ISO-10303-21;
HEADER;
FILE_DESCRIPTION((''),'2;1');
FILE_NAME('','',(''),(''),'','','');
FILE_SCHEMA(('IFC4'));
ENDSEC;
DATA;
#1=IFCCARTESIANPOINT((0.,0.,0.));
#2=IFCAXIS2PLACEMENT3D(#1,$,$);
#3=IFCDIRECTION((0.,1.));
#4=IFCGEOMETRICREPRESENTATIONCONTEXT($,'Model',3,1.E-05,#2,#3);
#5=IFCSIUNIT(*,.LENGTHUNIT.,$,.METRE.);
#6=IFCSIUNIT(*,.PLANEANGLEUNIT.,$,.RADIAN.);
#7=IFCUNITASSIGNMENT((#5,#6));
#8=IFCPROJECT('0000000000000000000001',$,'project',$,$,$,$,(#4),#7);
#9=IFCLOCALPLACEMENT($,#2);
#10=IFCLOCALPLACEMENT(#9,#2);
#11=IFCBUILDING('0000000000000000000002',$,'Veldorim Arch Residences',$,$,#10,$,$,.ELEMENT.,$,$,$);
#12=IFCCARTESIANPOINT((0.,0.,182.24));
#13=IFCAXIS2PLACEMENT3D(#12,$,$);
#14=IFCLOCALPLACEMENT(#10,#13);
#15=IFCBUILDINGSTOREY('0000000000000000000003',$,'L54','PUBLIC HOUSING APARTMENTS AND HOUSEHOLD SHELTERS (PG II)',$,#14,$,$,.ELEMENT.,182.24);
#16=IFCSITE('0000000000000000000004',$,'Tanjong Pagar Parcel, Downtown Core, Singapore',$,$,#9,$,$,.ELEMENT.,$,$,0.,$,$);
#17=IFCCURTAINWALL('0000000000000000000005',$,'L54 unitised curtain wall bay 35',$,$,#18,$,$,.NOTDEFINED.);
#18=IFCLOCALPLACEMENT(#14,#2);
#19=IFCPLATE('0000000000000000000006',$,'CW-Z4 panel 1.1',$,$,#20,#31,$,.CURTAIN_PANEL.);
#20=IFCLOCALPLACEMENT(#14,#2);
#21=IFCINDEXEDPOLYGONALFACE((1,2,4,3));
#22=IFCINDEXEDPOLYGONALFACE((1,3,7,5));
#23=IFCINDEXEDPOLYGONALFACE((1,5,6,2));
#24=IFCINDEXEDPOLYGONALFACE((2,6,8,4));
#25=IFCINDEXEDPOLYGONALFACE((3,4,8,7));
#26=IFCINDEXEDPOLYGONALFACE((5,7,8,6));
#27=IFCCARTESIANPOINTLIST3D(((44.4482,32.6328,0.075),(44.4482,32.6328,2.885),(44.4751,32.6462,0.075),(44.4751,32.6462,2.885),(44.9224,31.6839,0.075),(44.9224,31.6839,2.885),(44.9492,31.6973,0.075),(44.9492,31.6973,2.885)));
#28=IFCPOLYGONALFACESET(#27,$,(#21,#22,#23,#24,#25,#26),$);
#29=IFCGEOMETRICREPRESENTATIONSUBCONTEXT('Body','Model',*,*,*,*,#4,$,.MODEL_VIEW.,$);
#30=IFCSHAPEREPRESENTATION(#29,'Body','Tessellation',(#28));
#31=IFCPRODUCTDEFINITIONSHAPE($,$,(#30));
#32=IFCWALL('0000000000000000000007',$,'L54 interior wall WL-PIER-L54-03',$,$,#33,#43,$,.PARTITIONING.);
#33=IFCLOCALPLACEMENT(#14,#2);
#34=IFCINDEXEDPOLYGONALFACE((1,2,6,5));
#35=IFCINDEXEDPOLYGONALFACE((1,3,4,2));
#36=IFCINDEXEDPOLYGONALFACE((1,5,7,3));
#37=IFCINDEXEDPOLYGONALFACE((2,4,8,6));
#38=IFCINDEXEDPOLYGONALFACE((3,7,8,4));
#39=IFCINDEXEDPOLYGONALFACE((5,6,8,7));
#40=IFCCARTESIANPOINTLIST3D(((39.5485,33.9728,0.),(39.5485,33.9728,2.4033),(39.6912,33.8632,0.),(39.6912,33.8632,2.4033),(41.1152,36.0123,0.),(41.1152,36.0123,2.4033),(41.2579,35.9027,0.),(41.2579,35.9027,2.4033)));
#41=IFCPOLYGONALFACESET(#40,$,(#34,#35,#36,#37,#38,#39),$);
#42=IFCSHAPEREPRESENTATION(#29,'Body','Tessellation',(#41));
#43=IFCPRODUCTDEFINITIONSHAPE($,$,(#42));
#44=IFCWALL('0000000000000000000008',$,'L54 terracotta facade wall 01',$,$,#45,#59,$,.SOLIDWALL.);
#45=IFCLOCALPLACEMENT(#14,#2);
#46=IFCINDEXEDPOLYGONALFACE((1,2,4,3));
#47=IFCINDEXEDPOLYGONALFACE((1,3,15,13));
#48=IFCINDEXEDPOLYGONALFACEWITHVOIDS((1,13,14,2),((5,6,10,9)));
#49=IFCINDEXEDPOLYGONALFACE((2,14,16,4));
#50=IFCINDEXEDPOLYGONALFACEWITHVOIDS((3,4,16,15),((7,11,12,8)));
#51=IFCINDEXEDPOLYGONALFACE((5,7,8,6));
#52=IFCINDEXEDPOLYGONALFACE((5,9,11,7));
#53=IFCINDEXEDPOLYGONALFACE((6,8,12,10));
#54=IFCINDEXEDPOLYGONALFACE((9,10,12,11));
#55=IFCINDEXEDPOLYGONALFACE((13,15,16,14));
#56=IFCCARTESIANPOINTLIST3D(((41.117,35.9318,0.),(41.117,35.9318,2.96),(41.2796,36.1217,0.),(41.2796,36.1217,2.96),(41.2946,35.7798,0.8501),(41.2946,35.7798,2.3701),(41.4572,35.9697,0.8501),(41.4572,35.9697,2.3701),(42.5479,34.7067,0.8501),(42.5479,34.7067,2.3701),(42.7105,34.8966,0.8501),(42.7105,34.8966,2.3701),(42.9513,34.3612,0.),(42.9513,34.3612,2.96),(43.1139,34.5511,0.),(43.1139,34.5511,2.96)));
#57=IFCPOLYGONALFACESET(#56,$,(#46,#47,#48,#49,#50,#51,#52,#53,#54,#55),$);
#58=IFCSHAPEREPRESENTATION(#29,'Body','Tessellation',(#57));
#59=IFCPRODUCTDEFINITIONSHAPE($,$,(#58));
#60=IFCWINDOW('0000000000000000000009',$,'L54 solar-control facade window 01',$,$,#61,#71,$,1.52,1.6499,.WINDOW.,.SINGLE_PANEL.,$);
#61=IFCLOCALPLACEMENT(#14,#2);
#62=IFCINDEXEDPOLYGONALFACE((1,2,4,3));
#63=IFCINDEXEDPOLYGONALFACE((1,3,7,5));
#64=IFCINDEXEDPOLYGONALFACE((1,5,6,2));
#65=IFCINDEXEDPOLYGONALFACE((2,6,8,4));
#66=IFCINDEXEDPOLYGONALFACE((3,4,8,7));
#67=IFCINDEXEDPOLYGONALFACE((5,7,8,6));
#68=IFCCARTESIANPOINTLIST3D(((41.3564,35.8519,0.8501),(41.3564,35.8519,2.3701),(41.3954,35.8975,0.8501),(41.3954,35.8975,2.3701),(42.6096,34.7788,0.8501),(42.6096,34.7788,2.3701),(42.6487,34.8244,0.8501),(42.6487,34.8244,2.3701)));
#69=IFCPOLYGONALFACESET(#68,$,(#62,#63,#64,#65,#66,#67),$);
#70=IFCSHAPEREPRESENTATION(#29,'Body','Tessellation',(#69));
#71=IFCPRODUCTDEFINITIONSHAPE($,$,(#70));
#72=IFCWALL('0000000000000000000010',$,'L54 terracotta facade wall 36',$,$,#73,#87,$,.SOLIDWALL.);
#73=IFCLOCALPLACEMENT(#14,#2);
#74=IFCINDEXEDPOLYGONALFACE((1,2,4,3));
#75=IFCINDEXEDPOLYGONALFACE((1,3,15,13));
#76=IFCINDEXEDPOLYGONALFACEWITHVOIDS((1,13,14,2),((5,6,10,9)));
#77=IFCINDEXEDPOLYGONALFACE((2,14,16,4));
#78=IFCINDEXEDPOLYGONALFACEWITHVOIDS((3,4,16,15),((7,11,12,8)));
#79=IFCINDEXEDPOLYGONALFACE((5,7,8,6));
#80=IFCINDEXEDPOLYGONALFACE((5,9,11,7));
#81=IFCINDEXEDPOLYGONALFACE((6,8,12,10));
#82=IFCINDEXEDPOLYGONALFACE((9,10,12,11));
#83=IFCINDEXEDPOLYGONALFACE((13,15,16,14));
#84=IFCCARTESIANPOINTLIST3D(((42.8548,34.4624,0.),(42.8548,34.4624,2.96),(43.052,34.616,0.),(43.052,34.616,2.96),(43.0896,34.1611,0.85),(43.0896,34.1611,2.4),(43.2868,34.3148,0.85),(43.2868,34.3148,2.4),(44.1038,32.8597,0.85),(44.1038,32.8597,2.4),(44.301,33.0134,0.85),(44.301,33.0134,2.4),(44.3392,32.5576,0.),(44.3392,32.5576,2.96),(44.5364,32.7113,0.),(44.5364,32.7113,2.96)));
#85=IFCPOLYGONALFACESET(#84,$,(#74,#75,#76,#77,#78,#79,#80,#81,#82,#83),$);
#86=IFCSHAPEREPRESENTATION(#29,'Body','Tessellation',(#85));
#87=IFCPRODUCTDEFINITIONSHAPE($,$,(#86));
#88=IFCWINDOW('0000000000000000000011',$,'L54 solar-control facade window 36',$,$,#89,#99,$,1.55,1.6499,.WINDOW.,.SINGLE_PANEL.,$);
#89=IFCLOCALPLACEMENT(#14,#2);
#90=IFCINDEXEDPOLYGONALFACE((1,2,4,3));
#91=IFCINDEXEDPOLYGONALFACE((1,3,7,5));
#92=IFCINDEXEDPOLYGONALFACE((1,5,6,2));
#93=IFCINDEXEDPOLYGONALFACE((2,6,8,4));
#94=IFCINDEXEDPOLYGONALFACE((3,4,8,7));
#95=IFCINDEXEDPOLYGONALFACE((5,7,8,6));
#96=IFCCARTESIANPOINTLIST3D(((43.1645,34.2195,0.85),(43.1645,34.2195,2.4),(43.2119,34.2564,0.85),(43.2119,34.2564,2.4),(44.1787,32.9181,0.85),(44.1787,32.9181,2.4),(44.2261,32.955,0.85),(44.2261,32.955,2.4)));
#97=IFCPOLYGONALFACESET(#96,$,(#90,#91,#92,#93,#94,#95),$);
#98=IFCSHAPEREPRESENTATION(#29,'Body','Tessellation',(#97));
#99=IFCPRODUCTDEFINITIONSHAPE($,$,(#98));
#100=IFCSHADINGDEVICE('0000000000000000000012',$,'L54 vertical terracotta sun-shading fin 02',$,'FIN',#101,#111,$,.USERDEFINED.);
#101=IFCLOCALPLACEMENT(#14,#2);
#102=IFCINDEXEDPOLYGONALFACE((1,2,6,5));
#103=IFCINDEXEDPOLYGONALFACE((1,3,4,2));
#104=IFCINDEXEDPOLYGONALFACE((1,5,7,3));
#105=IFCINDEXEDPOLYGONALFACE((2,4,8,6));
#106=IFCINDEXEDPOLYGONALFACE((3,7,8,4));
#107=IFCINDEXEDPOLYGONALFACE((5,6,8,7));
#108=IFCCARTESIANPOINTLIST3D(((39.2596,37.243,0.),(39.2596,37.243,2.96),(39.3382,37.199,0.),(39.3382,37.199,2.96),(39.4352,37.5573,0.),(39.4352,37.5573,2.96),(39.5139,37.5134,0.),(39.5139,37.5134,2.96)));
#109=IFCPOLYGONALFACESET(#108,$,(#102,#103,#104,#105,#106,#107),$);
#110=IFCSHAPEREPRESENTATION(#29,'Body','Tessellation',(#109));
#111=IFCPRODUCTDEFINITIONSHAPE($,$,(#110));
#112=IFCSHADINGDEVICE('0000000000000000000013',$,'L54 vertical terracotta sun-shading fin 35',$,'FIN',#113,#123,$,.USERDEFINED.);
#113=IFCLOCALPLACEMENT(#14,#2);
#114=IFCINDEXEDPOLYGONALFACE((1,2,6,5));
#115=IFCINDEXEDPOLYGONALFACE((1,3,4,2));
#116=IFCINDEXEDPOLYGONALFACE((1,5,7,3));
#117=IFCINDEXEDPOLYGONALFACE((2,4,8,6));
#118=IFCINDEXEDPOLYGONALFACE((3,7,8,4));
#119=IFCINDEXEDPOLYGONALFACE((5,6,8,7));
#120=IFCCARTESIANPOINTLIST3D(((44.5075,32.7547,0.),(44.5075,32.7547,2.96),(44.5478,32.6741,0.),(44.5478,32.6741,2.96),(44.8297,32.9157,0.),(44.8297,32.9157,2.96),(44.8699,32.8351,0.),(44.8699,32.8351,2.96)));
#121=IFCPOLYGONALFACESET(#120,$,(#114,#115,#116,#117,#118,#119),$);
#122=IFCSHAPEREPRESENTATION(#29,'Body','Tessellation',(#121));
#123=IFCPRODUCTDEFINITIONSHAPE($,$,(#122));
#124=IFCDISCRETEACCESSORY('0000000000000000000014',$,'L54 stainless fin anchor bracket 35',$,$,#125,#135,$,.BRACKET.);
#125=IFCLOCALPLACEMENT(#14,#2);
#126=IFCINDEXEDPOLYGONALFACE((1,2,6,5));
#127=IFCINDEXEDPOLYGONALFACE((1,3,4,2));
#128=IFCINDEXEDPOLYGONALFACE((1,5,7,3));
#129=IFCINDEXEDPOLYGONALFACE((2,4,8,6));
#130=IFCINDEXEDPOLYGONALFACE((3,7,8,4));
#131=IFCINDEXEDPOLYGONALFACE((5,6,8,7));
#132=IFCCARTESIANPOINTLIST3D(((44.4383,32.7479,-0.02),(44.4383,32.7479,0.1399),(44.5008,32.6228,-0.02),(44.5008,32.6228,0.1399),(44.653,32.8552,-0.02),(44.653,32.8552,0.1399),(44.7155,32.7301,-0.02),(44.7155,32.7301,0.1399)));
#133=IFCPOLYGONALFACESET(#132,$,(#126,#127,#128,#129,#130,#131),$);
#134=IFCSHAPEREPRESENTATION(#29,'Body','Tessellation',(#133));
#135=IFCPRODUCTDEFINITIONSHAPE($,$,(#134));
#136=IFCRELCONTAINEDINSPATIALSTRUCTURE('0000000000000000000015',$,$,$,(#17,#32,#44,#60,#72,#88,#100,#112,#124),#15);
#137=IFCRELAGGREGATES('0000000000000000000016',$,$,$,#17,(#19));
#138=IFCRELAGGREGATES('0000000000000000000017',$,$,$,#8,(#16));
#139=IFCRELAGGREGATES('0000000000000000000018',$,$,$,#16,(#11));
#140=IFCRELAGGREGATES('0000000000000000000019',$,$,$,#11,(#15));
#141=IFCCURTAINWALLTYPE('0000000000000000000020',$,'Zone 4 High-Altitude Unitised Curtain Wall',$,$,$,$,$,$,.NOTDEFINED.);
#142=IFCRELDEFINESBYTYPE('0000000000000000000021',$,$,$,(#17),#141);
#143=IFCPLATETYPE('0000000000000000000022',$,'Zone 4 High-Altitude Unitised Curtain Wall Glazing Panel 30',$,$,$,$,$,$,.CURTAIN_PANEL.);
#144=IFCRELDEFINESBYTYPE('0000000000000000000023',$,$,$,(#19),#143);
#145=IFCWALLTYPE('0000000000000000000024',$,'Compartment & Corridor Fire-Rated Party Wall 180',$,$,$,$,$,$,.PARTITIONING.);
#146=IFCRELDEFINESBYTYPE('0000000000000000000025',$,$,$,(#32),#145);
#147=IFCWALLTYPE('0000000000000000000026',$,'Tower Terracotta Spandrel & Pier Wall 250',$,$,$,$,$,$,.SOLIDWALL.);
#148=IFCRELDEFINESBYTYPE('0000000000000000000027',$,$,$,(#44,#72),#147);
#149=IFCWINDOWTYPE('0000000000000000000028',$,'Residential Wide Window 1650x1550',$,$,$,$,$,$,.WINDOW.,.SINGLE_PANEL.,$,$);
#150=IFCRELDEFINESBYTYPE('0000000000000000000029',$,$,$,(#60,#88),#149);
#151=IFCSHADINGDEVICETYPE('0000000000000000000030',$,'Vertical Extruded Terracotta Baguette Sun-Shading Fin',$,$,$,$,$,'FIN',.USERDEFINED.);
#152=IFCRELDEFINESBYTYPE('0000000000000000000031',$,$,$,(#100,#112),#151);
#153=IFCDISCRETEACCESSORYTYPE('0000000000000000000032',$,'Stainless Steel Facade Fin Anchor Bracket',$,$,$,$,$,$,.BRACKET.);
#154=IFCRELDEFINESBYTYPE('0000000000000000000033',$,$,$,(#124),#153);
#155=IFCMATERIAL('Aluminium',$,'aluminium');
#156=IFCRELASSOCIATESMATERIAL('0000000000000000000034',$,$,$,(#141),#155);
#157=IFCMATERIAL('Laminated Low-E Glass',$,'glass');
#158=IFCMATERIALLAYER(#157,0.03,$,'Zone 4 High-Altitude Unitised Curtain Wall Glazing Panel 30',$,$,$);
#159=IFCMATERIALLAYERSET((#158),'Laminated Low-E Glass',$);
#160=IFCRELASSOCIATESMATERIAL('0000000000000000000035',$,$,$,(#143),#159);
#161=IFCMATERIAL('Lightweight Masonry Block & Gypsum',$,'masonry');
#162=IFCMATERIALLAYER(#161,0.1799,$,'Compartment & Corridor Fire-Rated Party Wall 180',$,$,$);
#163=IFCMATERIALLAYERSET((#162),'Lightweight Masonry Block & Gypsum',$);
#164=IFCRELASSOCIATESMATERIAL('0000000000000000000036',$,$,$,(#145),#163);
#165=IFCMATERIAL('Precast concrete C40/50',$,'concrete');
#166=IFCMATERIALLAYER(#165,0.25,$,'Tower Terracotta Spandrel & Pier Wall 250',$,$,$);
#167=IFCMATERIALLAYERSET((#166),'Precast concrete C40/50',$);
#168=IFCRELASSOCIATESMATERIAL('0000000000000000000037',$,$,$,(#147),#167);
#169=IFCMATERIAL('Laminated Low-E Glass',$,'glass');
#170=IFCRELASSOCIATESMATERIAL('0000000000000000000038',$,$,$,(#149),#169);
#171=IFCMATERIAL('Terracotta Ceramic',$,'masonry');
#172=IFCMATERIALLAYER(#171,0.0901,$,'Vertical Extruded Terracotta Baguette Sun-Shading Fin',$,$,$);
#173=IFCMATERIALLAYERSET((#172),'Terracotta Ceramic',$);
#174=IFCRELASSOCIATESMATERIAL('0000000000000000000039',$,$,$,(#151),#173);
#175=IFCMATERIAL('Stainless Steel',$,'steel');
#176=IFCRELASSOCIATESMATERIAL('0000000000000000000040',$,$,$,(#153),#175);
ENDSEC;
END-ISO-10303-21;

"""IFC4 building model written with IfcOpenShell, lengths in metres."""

from ifc_helpers import new_model, si_unit, direction, frame, frame_2d, origin, origin_2d, place, context, subcontext, project, spatial, rectangle, extrude, material, layer, layer_set, type_object, element, fill, aggregate, save


model = new_model("IFC4")

# Units and contexts
model_context = context("Model", 3, precision=1e-05, world=origin(), true_north=direction((0.0, 1.0)))
body_context = subcontext(model_context, "Body", "Model", "MODEL_VIEW")
ifc_project = project(units=[si_unit("LENGTHUNIT", "METRE"), si_unit("PLANEANGLEUNIT", "RADIAN")], contexts=[model_context])

# Site, building, storey
site_placement = place(None, origin())
site = spatial("IfcSite", under=ifc_project, at=site_placement, Name="Tanjong Pagar Parcel, Downtown Core, Singapore", CompositionType="ELEMENT", RefElevation=0.0)
building_placement = place(site_placement, origin())
building = spatial("IfcBuilding", under=site, at=building_placement, Name="Veldorim Arch Residences", CompositionType="ELEMENT")
storey_placement = place(building_placement, frame((0.0, 0.0, 182.24)))
storey = spatial("IfcBuildingStorey", under=building, at=storey_placement, Name="L54", Description="PUBLIC HOUSING APARTMENTS AND HOUSEHOLD SHELTERS (PG II)", CompositionType="ELEMENT", Elevation=182.24)

# Shared definitions
ifc_material_1 = material(Name="Aluminium", Category="aluminium")
curtain_wall_type = type_object("IfcCurtainWallType", Name="Zone 4 High-Altitude Unitised Curtain Wall", PredefinedType="NOTDEFINED", material=ifc_material_1)

# Curtain wall
curtain_wall_1_placement = place(storey_placement, origin())
curtain_wall_1 = element("IfcCurtainWall", 1, at=curtain_wall_1_placement, inside=storey, type_object=curtain_wall_type, Name="L54 unitised curtain wall bay 35", PredefinedType="NOTDEFINED")

# Plate
ifc_material_2 = material(Name="Laminated Low-E Glass", Category="glass")
ifc_layer_1 = layer(ifc_material_2, 0.03, Name="Zone 4 High-Altitude Unitised Curtain Wall Glazing Panel 30")
ifc_layer_set_1 = layer_set([ifc_layer_1], Name="Laminated Low-E Glass")
plate_type = type_object("IfcPlateType", Name="Zone 4 High-Altitude Unitised Curtain Wall Glazing Panel 30", PredefinedType="CURTAIN_PANEL", material=ifc_layer_set_1)
plate_1_placement = place(storey_placement, frame((44.6987, 32.165, 0.075), z_axis=(0.0, 0.0, 1.0), x_axis=(0.446992, -0.894538, 0.0)))
plate_1 = element("IfcPlate", 2, at=plate_1_placement, type_object=plate_type, Name="CW-Z4 panel 1.1", PredefinedType="CURTAIN_PANEL", context=body_context, shape_type="SweptSolid", body=[
    extrude(rectangle(XDim=1.0608, YDim=0.03, at=origin_2d()), origin(), (0.0, 0.0, 1.0), 2.8101),
])
aggregate(curtain_wall_1, [plate_1])

# Wall
ifc_material_3 = material(Name="Lightweight Masonry Block & Gypsum", Category="masonry")
ifc_layer_2 = layer(ifc_material_3, 0.1799, Name="Compartment & Corridor Fire-Rated Party Wall 180")
ifc_layer_set_2 = layer_set([ifc_layer_2], Name="Lightweight Masonry Block & Gypsum")
wall_type_1 = type_object("IfcWallType", Name="Compartment & Corridor Fire-Rated Party Wall 180", PredefinedType="PARTITIONING", material=ifc_layer_set_2)
wall_1_placement = place(storey_placement, frame((39.6199, 33.918, 0.0), z_axis=(0.0, 0.0, 1.0), x_axis=(0.609165, 0.793044, 0.0)))
element("IfcWall", 3, at=wall_1_placement, inside=storey, type_object=wall_type_1, Name="L54 interior wall WL-PIER-L54-03", PredefinedType="PARTITIONING", context=body_context, shape_type="SweptSolid", body=[
    extrude(rectangle(XDim=2.5718, YDim=0.1799, at=frame_2d((1.2859, 0.0))), origin(), (0.0, 0.0, 1.0), 2.4033),
])

# Walls, openings, windows
ifc_material_4 = material(Name="Precast concrete C40/50", Category="concrete")
ifc_layer_3 = layer(ifc_material_4, 0.25, Name="Tower Terracotta Spandrel & Pier Wall 250")
ifc_layer_set_3 = layer_set([ifc_layer_3], Name="Precast concrete C40/50")
wall_type_2 = type_object("IfcWallType", Name="Tower Terracotta Spandrel & Pier Wall 250", PredefinedType="SOLIDWALL", material=ifc_layer_set_3)
wall_2_placement = place(storey_placement, frame((41.1982, 36.0269, 0.0), z_axis=(0.0, 0.0, 1.0), x_axis=(0.759592, -0.6504, 0.0)))
wall_2 = element("IfcWall", 4, at=wall_2_placement, inside=storey, type_object=wall_type_2, Name="L54 terracotta facade wall 01", PredefinedType="SOLIDWALL", context=body_context, shape_type="SweptSolid", body=[
    extrude(rectangle(XDim=2.4148, YDim=0.25, at=frame_2d((1.2075, 0.0))), origin(), (0.0, 0.0, 1.0), 2.96),
])
opening_1_placement = place(wall_2_placement, frame((0.2339, 0.0, 0.8501)))
opening_1 = element("IfcOpeningElement", 5, at=opening_1_placement, cuts=wall_2, PredefinedType="OPENING", context=body_context, shape_type="SweptSolid", body=[
    extrude(rectangle(XDim=1.6499, YDim=1.52, at=frame_2d((0.825, 0.76))), frame((0.0, 0.135, 0.0), z_axis=(0.0, -1.0, 0.0), x_axis=(1.0, 0.0, 0.0)), (0.0, 0.0, 1.0), 0.27),
])
ifc_material_5 = material(Name="Laminated Low-E Glass", Category="glass")
window_type = type_object("IfcWindowType", Name="Residential Wide Window 1650x1550", PartitioningType="SINGLE_PANEL", PredefinedType="WINDOW", material=ifc_material_5)
window_1_placement = place(opening_1_placement, origin())
window_1 = element("IfcWindow", 6, at=window_1_placement, inside=storey, type_object=window_type, Name="L54 solar-control facade window 01", OverallHeight=1.52, OverallWidth=1.6499, PartitioningType="SINGLE_PANEL", PredefinedType="WINDOW", context=body_context, shape_type="SweptSolid", body=[
    extrude(rectangle(XDim=1.6499, YDim=1.52, at=frame_2d((0.825, 0.76))), frame((0.0, 0.03, 0.0), z_axis=(0.0, -1.0, 0.0), x_axis=(1.0, 0.0, 0.0)), (0.0, 0.0, 1.0), 0.0601),
])
fill(opening_1, window_1)
wall_3_placement = place(storey_placement, frame((42.9534, 34.5393, 0.0), z_axis=(0.0, 0.0, 1.0), x_axis=(0.614682, -0.788775, 0.0)))
wall_3 = element("IfcWall", 7, at=wall_3_placement, inside=storey, type_object=wall_type_2, Name="L54 terracotta facade wall 36", PredefinedType="SOLIDWALL", context=body_context, shape_type="SweptSolid", body=[
    extrude(rectangle(XDim=2.4148, YDim=0.25, at=frame_2d((1.2075, 0.0))), origin(), (0.0, 0.0, 1.0), 2.96),
])
opening_2_placement = place(wall_3_placement, frame((0.3821, 0.0, 0.8501)))
opening_2 = element("IfcOpeningElement", 8, at=opening_2_placement, cuts=wall_3, PredefinedType="OPENING", context=body_context, shape_type="SweptSolid", body=[
    extrude(rectangle(XDim=1.6499, YDim=1.55, at=frame_2d((0.825, 0.7749))), frame((0.0, 0.135, 0.0), z_axis=(0.0, -1.0, 0.0), x_axis=(1.0, 0.0, 0.0)), (0.0, 0.0, 1.0), 0.27),
])
window_2_placement = place(opening_2_placement, origin())
window_2 = element("IfcWindow", 9, at=window_2_placement, inside=storey, type_object=window_type, Name="L54 solar-control facade window 36", OverallHeight=1.55, OverallWidth=1.6499, PartitioningType="SINGLE_PANEL", PredefinedType="WINDOW", context=body_context, shape_type="SweptSolid", body=[
    extrude(rectangle(XDim=1.6499, YDim=1.55, at=frame_2d((0.825, 0.7749))), frame((0.0, 0.03, 0.0), z_axis=(0.0, -1.0, 0.0), x_axis=(1.0, 0.0, 0.0)), (0.0, 0.0, 1.0), 0.0601),
])
fill(opening_2, window_2)

# Shading devices
ifc_material_6 = material(Name="Terracotta Ceramic", Category="masonry")
ifc_layer_4 = layer(ifc_material_6, 0.0901, Name="Vertical Extruded Terracotta Baguette Sun-Shading Fin")
ifc_layer_set_4 = layer_set([ifc_layer_4], Name="Terracotta Ceramic")
shading_device_type = type_object("IfcShadingDeviceType", Name="Vertical Extruded Terracotta Baguette Sun-Shading Fin", ElementType="FIN", PredefinedType="USERDEFINED", material=ifc_layer_set_4)
for number, where, z_axis, x_axis, name in (
    (10, (39.3867, 37.3782, 0.0), (0.0, 0.0, 1.0), (0.873007, -0.487707, 0.0), "L54 vertical terracotta sun-shading fin 02"),
    (11, (44.6887, 32.7949, 0.0), (0.0, 0.0, 1.0), (0.446979, -0.894545, 0.0), "L54 vertical terracotta sun-shading fin 35"),
):
    element("IfcShadingDevice", number, at=place(storey_placement, frame(where, z_axis=z_axis, x_axis=x_axis)), inside=storey, type_object=shading_device_type, Name=name, ObjectType="FIN", PredefinedType="USERDEFINED", context=body_context, shape_type="SweptSolid", body=[
        extrude(rectangle(XDim=0.0901, YDim=0.3601, at=origin_2d()), origin(), (0.0, 0.0, 1.0), 2.96),
    ])

# Discrete accessory
ifc_material_7 = material(Name="Stainless Steel", Category="steel")
discrete_accessory_type = type_object("IfcDiscreteAccessoryType", Name="Stainless Steel Facade Fin Anchor Bracket", PredefinedType="BRACKET", material=ifc_material_7)
discrete_accessory_placement = place(storey_placement, frame((44.5769, 32.739, -0.02), z_axis=(0.0, 0.0, 1.0), x_axis=(0.446979, -0.894545, 0.0)))
element("IfcDiscreteAccessory", 12, at=discrete_accessory_placement, inside=storey, type_object=discrete_accessory_type, Name="L54 stainless fin anchor bracket 35", PredefinedType="BRACKET", context=body_context, shape_type="SweptSolid", body=[
    extrude(rectangle(XDim=0.1399, YDim=0.24, at=origin_2d()), origin(), (0.0, 0.0, 1.0), 0.1599),
])

save(model, "model.ifc")
